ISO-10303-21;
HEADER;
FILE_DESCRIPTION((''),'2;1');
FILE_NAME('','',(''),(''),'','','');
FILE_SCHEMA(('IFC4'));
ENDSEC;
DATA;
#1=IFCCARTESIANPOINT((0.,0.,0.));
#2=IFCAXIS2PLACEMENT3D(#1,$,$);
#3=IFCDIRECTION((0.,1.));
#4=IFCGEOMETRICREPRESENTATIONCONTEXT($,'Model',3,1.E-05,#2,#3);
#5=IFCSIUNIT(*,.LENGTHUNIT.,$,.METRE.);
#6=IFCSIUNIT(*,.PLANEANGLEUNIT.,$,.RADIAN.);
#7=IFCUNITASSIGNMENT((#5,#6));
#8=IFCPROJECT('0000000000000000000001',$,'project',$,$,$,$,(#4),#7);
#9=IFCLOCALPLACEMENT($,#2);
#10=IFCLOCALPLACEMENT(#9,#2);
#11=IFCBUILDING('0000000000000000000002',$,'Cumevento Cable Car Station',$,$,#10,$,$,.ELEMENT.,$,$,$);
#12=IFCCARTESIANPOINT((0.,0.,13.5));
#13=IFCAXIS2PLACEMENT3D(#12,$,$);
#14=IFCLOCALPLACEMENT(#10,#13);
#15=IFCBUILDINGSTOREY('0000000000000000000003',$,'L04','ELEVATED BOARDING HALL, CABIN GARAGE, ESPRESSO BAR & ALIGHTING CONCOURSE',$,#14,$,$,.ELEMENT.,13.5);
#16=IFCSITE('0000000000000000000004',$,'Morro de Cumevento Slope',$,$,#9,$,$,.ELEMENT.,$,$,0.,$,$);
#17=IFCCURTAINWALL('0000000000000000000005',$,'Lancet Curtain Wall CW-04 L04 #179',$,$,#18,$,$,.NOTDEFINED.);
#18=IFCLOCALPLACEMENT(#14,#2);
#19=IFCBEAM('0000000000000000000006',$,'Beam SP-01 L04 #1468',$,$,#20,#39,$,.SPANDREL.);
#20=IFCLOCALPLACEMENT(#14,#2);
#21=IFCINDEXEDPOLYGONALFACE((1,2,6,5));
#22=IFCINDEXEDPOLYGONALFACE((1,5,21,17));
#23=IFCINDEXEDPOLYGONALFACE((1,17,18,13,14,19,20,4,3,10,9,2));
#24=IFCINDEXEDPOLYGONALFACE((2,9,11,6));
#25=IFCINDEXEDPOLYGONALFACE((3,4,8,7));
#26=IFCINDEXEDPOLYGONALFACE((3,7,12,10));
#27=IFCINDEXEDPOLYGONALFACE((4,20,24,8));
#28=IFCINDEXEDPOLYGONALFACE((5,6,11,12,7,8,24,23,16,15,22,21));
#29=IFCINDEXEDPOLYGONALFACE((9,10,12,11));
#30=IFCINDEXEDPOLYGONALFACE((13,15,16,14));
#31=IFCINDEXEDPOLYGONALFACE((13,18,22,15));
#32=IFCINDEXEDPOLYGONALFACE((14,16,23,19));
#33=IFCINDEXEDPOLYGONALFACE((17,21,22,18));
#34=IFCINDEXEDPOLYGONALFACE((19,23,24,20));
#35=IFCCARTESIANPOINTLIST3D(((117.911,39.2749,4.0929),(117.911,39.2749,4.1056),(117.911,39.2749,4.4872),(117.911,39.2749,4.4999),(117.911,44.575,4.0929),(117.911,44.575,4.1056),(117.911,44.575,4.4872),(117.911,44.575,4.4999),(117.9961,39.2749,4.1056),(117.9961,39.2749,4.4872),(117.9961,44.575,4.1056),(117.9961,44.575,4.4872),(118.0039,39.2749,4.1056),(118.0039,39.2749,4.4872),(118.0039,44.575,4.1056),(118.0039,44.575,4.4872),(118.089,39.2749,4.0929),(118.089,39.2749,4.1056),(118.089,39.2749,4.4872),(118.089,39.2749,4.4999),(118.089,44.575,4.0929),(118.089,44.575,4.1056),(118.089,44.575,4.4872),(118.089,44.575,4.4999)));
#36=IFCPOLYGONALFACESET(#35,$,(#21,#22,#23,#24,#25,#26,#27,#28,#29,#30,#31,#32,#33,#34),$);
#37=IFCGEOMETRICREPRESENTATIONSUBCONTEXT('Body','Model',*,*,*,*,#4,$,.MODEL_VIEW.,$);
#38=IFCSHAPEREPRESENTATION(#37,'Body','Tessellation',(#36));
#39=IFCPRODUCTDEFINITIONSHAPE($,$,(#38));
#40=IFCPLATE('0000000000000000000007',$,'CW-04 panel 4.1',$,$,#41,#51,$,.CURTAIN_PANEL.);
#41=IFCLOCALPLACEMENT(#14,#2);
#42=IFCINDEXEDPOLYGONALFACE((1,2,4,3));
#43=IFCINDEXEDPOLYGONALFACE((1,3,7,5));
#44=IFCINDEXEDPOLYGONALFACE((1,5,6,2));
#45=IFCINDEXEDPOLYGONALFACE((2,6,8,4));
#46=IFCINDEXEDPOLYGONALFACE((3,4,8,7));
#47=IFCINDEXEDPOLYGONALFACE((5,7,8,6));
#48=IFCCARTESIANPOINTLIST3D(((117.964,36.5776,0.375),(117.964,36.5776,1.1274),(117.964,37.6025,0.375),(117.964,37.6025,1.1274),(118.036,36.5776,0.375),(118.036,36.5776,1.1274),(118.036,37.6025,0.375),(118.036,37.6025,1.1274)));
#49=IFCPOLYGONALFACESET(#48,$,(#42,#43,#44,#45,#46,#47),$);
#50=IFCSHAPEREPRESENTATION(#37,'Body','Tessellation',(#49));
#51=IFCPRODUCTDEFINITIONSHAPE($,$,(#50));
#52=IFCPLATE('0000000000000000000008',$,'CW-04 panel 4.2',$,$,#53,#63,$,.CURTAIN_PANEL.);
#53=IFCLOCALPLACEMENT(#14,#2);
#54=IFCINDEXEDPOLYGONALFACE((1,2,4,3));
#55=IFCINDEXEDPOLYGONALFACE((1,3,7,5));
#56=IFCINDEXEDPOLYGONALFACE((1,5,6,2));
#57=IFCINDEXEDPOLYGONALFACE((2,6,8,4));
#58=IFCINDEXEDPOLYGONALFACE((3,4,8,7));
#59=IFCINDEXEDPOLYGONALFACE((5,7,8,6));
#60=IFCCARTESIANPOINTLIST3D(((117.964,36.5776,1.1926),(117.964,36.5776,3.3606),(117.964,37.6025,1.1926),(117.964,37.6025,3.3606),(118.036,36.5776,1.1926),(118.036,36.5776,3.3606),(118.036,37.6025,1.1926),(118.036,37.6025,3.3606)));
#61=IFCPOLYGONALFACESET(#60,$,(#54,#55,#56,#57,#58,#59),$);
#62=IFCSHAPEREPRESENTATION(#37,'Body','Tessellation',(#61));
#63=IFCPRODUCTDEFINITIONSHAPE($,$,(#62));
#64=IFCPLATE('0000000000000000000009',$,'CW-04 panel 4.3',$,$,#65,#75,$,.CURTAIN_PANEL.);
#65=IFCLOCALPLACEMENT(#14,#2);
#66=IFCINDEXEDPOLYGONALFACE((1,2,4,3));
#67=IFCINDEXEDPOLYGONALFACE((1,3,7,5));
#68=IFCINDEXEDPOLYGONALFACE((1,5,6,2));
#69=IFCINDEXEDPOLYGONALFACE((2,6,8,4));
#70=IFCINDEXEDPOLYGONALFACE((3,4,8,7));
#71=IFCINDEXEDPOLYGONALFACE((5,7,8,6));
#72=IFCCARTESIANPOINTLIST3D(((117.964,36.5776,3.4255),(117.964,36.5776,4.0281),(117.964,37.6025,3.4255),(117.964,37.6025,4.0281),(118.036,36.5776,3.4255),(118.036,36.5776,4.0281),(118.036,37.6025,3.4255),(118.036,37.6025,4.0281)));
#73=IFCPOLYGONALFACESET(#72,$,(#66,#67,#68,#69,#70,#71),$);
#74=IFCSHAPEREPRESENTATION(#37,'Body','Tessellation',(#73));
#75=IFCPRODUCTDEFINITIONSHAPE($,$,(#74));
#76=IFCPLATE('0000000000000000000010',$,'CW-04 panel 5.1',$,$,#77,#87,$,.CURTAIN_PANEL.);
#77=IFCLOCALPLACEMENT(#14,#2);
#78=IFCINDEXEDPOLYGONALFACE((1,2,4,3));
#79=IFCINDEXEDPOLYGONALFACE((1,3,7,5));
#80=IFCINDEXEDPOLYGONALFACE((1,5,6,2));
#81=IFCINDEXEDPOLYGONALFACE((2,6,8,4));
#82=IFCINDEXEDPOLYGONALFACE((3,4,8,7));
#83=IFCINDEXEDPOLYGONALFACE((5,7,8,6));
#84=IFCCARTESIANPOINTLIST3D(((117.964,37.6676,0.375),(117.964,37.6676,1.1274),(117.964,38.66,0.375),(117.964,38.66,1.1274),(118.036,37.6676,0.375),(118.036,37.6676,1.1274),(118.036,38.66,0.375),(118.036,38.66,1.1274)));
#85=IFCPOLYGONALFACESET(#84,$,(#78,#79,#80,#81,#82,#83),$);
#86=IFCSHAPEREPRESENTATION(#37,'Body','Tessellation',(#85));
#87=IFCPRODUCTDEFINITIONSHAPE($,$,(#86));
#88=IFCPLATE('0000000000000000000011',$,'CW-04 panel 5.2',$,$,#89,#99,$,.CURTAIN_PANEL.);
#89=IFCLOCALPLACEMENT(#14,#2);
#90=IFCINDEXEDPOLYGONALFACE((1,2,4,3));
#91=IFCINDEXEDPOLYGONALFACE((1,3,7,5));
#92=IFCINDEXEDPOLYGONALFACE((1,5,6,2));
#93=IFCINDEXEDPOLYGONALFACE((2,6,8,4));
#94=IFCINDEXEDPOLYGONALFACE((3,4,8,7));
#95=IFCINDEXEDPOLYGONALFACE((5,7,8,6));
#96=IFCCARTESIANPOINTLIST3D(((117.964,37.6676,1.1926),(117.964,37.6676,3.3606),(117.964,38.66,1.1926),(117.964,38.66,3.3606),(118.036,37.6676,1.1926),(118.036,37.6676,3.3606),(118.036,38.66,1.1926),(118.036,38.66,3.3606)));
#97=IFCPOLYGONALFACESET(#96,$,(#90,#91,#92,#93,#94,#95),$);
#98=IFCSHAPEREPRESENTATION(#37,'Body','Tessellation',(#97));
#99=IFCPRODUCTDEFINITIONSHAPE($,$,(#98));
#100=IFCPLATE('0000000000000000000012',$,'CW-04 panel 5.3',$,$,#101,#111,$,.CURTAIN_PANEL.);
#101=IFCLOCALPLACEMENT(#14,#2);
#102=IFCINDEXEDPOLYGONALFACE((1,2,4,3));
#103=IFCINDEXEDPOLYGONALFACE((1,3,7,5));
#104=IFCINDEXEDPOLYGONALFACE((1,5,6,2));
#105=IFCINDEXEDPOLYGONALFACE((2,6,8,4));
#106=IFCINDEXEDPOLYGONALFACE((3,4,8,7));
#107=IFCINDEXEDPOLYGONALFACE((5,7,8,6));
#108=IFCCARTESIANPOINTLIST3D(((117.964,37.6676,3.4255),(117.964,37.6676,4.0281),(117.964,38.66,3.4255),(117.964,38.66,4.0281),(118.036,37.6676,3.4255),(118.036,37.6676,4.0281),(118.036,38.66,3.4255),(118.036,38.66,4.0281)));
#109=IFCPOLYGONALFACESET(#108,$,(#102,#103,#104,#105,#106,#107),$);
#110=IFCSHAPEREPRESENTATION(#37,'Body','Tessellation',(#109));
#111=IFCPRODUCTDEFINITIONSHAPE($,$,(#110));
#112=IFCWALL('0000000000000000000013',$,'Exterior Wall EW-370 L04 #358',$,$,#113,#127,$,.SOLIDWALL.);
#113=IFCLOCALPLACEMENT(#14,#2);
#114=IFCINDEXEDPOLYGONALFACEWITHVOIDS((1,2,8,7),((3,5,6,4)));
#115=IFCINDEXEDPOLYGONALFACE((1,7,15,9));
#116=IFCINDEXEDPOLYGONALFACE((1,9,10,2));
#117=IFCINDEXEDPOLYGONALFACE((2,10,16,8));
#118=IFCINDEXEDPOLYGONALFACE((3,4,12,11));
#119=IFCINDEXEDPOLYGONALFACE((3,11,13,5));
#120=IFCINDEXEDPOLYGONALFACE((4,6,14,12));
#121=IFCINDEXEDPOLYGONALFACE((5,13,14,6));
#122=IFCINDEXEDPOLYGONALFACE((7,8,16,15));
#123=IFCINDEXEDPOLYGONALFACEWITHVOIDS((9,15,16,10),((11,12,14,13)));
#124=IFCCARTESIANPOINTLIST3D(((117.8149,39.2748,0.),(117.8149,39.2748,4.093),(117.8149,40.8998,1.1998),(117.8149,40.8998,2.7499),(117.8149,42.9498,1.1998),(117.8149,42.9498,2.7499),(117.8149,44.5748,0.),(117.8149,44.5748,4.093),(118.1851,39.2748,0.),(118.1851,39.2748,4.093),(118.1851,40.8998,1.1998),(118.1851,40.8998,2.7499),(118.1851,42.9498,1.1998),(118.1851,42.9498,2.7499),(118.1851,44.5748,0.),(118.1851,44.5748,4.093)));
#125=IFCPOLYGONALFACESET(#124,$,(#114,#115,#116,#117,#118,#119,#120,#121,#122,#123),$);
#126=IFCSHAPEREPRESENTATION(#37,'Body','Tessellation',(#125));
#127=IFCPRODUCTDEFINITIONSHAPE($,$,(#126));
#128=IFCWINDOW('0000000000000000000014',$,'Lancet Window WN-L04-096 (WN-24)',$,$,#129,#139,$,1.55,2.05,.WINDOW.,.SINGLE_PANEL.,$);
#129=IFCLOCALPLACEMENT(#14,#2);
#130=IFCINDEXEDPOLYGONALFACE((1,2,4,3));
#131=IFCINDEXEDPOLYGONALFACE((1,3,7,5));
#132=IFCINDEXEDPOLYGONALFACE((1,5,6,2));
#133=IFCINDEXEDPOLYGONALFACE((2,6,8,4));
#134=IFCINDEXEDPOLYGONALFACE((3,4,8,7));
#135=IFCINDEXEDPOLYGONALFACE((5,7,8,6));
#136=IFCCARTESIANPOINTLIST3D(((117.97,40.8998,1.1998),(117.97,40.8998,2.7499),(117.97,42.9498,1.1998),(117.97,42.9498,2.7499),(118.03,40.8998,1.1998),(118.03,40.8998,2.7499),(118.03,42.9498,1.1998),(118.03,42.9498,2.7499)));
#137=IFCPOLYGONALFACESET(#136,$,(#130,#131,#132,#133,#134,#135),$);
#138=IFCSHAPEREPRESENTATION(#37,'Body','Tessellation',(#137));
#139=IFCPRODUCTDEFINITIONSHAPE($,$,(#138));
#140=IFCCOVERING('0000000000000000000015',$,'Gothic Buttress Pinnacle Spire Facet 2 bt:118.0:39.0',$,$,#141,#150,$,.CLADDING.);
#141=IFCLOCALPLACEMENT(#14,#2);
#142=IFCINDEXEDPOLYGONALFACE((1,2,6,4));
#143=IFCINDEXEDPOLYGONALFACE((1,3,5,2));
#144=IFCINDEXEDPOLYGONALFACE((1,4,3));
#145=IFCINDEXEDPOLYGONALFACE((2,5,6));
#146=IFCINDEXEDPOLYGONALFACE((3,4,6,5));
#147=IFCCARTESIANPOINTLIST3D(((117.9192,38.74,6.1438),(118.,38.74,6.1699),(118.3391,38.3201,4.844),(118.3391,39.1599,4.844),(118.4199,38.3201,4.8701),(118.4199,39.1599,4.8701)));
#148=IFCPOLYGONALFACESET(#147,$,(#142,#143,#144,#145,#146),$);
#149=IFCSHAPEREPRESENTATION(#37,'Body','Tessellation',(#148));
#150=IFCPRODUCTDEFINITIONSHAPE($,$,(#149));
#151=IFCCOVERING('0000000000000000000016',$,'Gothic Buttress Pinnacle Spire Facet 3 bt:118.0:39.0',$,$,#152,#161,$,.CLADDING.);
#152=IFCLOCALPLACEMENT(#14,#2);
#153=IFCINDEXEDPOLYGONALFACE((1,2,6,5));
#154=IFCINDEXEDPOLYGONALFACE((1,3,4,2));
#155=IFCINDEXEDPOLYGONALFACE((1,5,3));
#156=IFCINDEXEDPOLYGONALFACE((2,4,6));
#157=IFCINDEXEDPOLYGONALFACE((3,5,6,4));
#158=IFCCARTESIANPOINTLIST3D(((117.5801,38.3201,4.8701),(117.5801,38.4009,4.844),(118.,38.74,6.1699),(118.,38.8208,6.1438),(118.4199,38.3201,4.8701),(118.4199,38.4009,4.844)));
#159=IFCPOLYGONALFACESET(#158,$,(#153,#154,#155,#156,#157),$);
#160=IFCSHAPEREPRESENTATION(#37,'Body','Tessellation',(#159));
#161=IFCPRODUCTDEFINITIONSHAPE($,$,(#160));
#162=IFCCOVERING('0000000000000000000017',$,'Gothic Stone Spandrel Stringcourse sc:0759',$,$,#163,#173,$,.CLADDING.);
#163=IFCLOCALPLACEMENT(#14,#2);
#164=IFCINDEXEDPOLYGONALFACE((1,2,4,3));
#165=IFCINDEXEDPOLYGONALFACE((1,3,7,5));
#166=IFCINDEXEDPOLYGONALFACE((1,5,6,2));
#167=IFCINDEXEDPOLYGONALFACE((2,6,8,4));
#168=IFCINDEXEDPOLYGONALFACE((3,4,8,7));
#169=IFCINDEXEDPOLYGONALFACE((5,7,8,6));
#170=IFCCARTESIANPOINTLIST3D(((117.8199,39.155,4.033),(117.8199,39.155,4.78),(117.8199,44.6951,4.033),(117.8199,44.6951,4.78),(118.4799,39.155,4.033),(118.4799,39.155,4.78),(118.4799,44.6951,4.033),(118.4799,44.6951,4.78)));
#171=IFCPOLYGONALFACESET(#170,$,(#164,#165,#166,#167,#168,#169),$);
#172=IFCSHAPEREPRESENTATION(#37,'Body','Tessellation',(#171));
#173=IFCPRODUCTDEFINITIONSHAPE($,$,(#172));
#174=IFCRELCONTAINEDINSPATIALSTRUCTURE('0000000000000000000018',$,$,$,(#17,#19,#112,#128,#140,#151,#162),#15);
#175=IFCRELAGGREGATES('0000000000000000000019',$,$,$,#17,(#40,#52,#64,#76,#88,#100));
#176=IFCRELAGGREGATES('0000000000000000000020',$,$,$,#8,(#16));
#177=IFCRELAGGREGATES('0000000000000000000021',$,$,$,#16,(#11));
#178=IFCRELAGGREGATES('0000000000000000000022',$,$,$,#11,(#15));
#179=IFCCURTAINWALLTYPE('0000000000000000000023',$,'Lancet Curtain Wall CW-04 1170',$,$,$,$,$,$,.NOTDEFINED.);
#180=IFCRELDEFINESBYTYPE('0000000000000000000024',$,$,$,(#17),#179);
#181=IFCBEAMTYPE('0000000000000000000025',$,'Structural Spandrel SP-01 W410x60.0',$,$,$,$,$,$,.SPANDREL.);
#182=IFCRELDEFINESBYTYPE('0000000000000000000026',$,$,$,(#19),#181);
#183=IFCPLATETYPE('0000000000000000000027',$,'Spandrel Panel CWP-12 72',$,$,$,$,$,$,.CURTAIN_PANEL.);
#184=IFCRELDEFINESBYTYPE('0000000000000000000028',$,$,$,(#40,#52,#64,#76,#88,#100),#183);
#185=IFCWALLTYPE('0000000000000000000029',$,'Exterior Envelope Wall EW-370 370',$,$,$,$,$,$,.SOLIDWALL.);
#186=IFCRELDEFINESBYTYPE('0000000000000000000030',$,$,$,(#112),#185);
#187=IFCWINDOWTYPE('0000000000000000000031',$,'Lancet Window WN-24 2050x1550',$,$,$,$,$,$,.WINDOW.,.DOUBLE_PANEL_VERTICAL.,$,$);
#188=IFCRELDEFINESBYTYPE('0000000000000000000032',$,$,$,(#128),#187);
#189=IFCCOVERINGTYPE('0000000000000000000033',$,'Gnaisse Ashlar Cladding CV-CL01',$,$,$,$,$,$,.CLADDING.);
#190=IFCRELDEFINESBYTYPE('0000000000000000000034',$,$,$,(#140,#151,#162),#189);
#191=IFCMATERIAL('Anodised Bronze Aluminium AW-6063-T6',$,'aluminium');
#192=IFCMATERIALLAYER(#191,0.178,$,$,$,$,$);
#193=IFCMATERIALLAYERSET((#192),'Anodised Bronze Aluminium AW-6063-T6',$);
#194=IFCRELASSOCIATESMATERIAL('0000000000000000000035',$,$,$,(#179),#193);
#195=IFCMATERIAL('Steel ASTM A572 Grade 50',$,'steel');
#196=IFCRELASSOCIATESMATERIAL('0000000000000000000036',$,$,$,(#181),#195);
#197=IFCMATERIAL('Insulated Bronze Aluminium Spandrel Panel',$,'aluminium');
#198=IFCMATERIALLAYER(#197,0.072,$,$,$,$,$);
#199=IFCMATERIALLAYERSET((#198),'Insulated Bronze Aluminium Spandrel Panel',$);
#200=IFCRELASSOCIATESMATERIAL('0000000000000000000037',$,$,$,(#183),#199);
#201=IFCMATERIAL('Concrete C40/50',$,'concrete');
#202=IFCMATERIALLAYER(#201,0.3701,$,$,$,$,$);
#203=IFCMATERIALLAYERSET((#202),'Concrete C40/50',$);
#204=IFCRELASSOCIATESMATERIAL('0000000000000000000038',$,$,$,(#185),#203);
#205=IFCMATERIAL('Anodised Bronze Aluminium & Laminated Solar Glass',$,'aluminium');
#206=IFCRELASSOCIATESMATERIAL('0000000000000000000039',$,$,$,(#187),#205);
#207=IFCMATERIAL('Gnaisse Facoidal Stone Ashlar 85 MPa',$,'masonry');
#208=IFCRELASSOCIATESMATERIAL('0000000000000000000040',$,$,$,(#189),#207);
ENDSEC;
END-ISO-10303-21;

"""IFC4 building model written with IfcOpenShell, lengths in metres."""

from ifc_helpers import new_model, si_unit, direction, frame, frame_2d, origin, origin_2d, place, context, subcontext, project, spatial, polyline, rectangle, i_section, outline, extrude, material, layer, layer_set, material_profile, profile_set, type_object, element, fill, aggregate, save


model = new_model("IFC4")

# Units and contexts
model_context = context("Model", 3, precision=1e-05, world=origin(), true_north=direction((0.0, 1.0)))
body_context = subcontext(model_context, "Body", "Model", "MODEL_VIEW")
ifc_project = project(units=[si_unit("LENGTHUNIT", "METRE"), si_unit("PLANEANGLEUNIT", "RADIAN")], contexts=[model_context])

# Site, building, storey
site_placement = place(None, origin())
site = spatial("IfcSite", under=ifc_project, at=site_placement, Name="Morro de Cumevento Slope", CompositionType="ELEMENT", RefElevation=0.0)
building_placement = place(site_placement, origin())
building = spatial("IfcBuilding", under=site, at=building_placement, Name="Cumevento Cable Car Station", CompositionType="ELEMENT")
storey_placement = place(building_placement, frame((0.0, 0.0, 13.5)))
storey = spatial("IfcBuildingStorey", under=building, at=storey_placement, Name="L04", Description="ELEVATED BOARDING HALL, CABIN GARAGE, ESPRESSO BAR & ALIGHTING CONCOURSE", CompositionType="ELEMENT", Elevation=13.5)

# Curtain wall
ifc_material_1 = material(Name="Anodised Bronze Aluminium AW-6063-T6", Category="aluminium")
ifc_layer_1 = layer(ifc_material_1, 0.178)
ifc_layer_set_1 = layer_set([ifc_layer_1], Name="Anodised Bronze Aluminium AW-6063-T6")
curtain_wall_type = type_object("IfcCurtainWallType", Name="Lancet Curtain Wall CW-04 1170", PredefinedType="NOTDEFINED", material=ifc_layer_set_1)
curtain_wall_placement = place(storey_placement, origin())
curtain_wall = element("IfcCurtainWall", 1, at=curtain_wall_placement, inside=storey, type_object=curtain_wall_type, Name="Lancet Curtain Wall CW-04 L04 #179", PredefinedType="NOTDEFINED")

# Beam
ifc_material_2 = material(Name="Steel ASTM A572 Grade 50", Category="steel")
ifc_material_profile_1 = material_profile(ifc_material_2, i_section(OverallWidth=0.178, OverallDepth=0.407, WebThickness=0.0078, FlangeThickness=0.0127, at=origin_2d()), Name="W410x60.0")
ifc_profile_set_1 = profile_set([ifc_material_profile_1], Name="Steel ASTM A572 Grade 50")
beam_type = type_object("IfcBeamType", Name="Structural Spandrel SP-01 W410x60.0", PredefinedType="SPANDREL", material=ifc_profile_set_1)
beam_placement = place(storey_placement, frame((118.0, 39.2749, 4.2964), z_axis=(0.0, 1.0, 0.0), x_axis=(-1.0, 0.0, 0.0)))
element("IfcBeam", 2, at=beam_placement, inside=storey, type_object=beam_type, Name="Beam SP-01 L04 #1468", PredefinedType="SPANDREL", context=body_context, shape_type="SweptSolid", body=[
    extrude(i_section(OverallWidth=0.178, OverallDepth=0.407, WebThickness=0.0078, FlangeThickness=0.0127, at=origin_2d()), origin(), (0.0, 0.0, 1.0), 5.3),
])

# Plates
ifc_material_3 = material(Name="Insulated Bronze Aluminium Spandrel Panel", Category="aluminium")
ifc_layer_2 = layer(ifc_material_3, 0.072)
ifc_layer_set_2 = layer_set([ifc_layer_2], Name="Insulated Bronze Aluminium Spandrel Panel")
plate_type = type_object("IfcPlateType", Name="Spandrel Panel CWP-12 72", PredefinedType="CURTAIN_PANEL", material=ifc_layer_set_2)
plate_1_placement = place(storey_placement, frame((118.0, 37.0901, 0.375), z_axis=(0.0, 0.0, 1.0), x_axis=(0.0, 1.0, 0.0)))
plate_1 = element("IfcPlate", 3, at=plate_1_placement, type_object=plate_type, Name="CW-04 panel 4.1", PredefinedType="CURTAIN_PANEL", context=body_context, shape_type="SweptSolid", body=[
    extrude(rectangle(XDim=1.0249, YDim=0.072, at=origin_2d()), origin(), (0.0, 0.0, 1.0), 0.7524),
])
plate_2_placement = place(storey_placement, frame((118.0, 37.0901, 1.1926), z_axis=(0.0, 0.0, 1.0), x_axis=(0.0, 1.0, 0.0)))
plate_2 = element("IfcPlate", 4, at=plate_2_placement, type_object=plate_type, Name="CW-04 panel 4.2", PredefinedType="CURTAIN_PANEL", context=body_context, shape_type="SweptSolid", body=[
    extrude(rectangle(XDim=1.0249, YDim=0.072, at=origin_2d()), origin(), (0.0, 0.0, 1.0), 2.168),
])
plate_3_placement = place(storey_placement, frame((118.0, 37.0901, 3.4255), z_axis=(0.0, 0.0, 1.0), x_axis=(0.0, 1.0, 0.0)))
plate_3 = element("IfcPlate", 5, at=plate_3_placement, type_object=plate_type, Name="CW-04 panel 4.3", PredefinedType="CURTAIN_PANEL", context=body_context, shape_type="SweptSolid", body=[
    extrude(rectangle(XDim=1.0249, YDim=0.072, at=origin_2d()), origin(), (0.0, 0.0, 1.0), 0.6025),
])
plate_4_placement = place(storey_placement, frame((118.0, 38.1638, 0.375), z_axis=(0.0, 0.0, 1.0), x_axis=(0.0, 1.0, 0.0)))
plate_4 = element("IfcPlate", 6, at=plate_4_placement, type_object=plate_type, Name="CW-04 panel 5.1", PredefinedType="CURTAIN_PANEL", context=body_context, shape_type="SweptSolid", body=[
    extrude(rectangle(XDim=0.9924, YDim=0.072, at=origin_2d()), origin(), (0.0, 0.0, 1.0), 0.7524),
])
plate_5_placement = place(storey_placement, frame((118.0, 38.1638, 1.1926), z_axis=(0.0, 0.0, 1.0), x_axis=(0.0, 1.0, 0.0)))
plate_5 = element("IfcPlate", 7, at=plate_5_placement, type_object=plate_type, Name="CW-04 panel 5.2", PredefinedType="CURTAIN_PANEL", context=body_context, shape_type="SweptSolid", body=[
    extrude(rectangle(XDim=0.9924, YDim=0.072, at=origin_2d()), origin(), (0.0, 0.0, 1.0), 2.168),
])
plate_6_placement = place(storey_placement, frame((118.0, 38.1638, 3.4255), z_axis=(0.0, 0.0, 1.0), x_axis=(0.0, 1.0, 0.0)))
plate_6 = element("IfcPlate", 8, at=plate_6_placement, type_object=plate_type, Name="CW-04 panel 5.3", PredefinedType="CURTAIN_PANEL", context=body_context, shape_type="SweptSolid", body=[
    extrude(rectangle(XDim=0.9924, YDim=0.072, at=origin_2d()), origin(), (0.0, 0.0, 1.0), 0.6025),
])
aggregate(curtain_wall, [plate_1, plate_2, plate_3, plate_4, plate_5, plate_6])

# Wall, opening, window
ifc_material_4 = material(Name="Concrete C40/50", Category="concrete")
ifc_layer_3 = layer(ifc_material_4, 0.3701)
ifc_layer_set_3 = layer_set([ifc_layer_3], Name="Concrete C40/50")
wall_type = type_object("IfcWallType", Name="Exterior Envelope Wall EW-370 370", PredefinedType="SOLIDWALL", material=ifc_layer_set_3)
wall_placement = place(storey_placement, frame((118.0, 39.2749, 0.0), z_axis=(0.0, 0.0, 1.0), x_axis=(0.0, 1.0, 0.0)))
wall = element("IfcWall", 9, at=wall_placement, inside=storey, type_object=wall_type, Name="Exterior Wall EW-370 L04 #358", PredefinedType="SOLIDWALL", context=body_context, shape_type="SweptSolid", body=[
    extrude(rectangle(XDim=5.3, YDim=0.3701, at=frame_2d((2.6499, 0.0))), origin(), (0.0, 0.0, 1.0), 4.093),
])
opening_placement = place(wall_placement, frame((1.625, 0.0, 1.2)))
opening = element("IfcOpeningElement", 10, at=opening_placement, cuts=wall, PredefinedType="OPENING", context=body_context, shape_type="SweptSolid", body=[
    extrude(rectangle(XDim=2.05, YDim=1.55, at=frame_2d((1.0249, 0.7749))), frame((0.0, 0.1951, 0.0), z_axis=(0.0, -1.0, 0.0), x_axis=(1.0, 0.0, 0.0)), (0.0, 0.0, 1.0), 0.3901),
])
ifc_material_5 = material(Name="Anodised Bronze Aluminium & Laminated Solar Glass", Category="aluminium")
window_type = type_object("IfcWindowType", Name="Lancet Window WN-24 2050x1550", PartitioningType="DOUBLE_PANEL_VERTICAL", PredefinedType="WINDOW", material=ifc_material_5)
window_placement = place(opening_placement, origin())
window = element("IfcWindow", 11, at=window_placement, inside=storey, type_object=window_type, Name="Lancet Window WN-L04-096 (WN-24)", OverallHeight=1.55, OverallWidth=2.05, PartitioningType="SINGLE_PANEL", PredefinedType="WINDOW", context=body_context, shape_type="SweptSolid", body=[
    extrude(rectangle(XDim=2.05, YDim=1.55, at=frame_2d((1.0249, 0.7749))), frame((0.0, 0.03, 0.0), z_axis=(0.0, -1.0, 0.0), x_axis=(1.0, 0.0, 0.0)), (0.0, 0.0, 1.0), 0.0601),
])
fill(opening, window)

# Coverings
ifc_material_6 = material(Name="Gnaisse Facoidal Stone Ashlar 85 MPa", Category="masonry")
covering_type = type_object("IfcCoveringType", Name="Gnaisse Ashlar Cladding CV-CL01", PredefinedType="CLADDING", material=ifc_material_6)
for number, where, z_axis, x_axis, name in (
    (12, (118.4199, 39.1599, 4.8701), (0.951574, 0.0, 0.307421), (0.0, -1.0, 0.0), "Gothic Buttress Pinnacle Spire Facet 2 bt:118.0:39.0"),
    (13, (118.4199, 38.3201, 4.8701), (0.0, -0.951574, 0.307421), (-1.0, 0.0, 0.0), "Gothic Buttress Pinnacle Spire Facet 3 bt:118.0:39.0"),
):
    element("IfcCovering", number, at=place(storey_placement, frame(where, z_axis=z_axis, x_axis=x_axis)), inside=storey, type_object=covering_type, Name=name, PredefinedType="CLADDING", context=body_context, shape_type="SweptSolid", body=[
        extrude(outline(polyline([(0.0, 0.0), (0.8398, 0.0), (0.4199, -1.366), (0.0, 0.0)])), origin(), (0.0, 0.0, -1.0), 0.085),
    ])
covering_1_placement = place(storey_placement, frame((118.1499, 41.925, 4.033), z_axis=(0.0, 0.0, 1.0), x_axis=(0.0, 1.0, 0.0)))
element("IfcCovering", 14, at=covering_1_placement, inside=storey, type_object=covering_type, Name="Gothic Stone Spandrel Stringcourse sc:0759", PredefinedType="CLADDING", context=body_context, shape_type="SweptSolid", body=[
    extrude(rectangle(XDim=5.54, YDim=0.6599, at=origin_2d()), origin(), (0.0, 0.0, 1.0), 0.7471),
])

save(model, "model.ifc")
